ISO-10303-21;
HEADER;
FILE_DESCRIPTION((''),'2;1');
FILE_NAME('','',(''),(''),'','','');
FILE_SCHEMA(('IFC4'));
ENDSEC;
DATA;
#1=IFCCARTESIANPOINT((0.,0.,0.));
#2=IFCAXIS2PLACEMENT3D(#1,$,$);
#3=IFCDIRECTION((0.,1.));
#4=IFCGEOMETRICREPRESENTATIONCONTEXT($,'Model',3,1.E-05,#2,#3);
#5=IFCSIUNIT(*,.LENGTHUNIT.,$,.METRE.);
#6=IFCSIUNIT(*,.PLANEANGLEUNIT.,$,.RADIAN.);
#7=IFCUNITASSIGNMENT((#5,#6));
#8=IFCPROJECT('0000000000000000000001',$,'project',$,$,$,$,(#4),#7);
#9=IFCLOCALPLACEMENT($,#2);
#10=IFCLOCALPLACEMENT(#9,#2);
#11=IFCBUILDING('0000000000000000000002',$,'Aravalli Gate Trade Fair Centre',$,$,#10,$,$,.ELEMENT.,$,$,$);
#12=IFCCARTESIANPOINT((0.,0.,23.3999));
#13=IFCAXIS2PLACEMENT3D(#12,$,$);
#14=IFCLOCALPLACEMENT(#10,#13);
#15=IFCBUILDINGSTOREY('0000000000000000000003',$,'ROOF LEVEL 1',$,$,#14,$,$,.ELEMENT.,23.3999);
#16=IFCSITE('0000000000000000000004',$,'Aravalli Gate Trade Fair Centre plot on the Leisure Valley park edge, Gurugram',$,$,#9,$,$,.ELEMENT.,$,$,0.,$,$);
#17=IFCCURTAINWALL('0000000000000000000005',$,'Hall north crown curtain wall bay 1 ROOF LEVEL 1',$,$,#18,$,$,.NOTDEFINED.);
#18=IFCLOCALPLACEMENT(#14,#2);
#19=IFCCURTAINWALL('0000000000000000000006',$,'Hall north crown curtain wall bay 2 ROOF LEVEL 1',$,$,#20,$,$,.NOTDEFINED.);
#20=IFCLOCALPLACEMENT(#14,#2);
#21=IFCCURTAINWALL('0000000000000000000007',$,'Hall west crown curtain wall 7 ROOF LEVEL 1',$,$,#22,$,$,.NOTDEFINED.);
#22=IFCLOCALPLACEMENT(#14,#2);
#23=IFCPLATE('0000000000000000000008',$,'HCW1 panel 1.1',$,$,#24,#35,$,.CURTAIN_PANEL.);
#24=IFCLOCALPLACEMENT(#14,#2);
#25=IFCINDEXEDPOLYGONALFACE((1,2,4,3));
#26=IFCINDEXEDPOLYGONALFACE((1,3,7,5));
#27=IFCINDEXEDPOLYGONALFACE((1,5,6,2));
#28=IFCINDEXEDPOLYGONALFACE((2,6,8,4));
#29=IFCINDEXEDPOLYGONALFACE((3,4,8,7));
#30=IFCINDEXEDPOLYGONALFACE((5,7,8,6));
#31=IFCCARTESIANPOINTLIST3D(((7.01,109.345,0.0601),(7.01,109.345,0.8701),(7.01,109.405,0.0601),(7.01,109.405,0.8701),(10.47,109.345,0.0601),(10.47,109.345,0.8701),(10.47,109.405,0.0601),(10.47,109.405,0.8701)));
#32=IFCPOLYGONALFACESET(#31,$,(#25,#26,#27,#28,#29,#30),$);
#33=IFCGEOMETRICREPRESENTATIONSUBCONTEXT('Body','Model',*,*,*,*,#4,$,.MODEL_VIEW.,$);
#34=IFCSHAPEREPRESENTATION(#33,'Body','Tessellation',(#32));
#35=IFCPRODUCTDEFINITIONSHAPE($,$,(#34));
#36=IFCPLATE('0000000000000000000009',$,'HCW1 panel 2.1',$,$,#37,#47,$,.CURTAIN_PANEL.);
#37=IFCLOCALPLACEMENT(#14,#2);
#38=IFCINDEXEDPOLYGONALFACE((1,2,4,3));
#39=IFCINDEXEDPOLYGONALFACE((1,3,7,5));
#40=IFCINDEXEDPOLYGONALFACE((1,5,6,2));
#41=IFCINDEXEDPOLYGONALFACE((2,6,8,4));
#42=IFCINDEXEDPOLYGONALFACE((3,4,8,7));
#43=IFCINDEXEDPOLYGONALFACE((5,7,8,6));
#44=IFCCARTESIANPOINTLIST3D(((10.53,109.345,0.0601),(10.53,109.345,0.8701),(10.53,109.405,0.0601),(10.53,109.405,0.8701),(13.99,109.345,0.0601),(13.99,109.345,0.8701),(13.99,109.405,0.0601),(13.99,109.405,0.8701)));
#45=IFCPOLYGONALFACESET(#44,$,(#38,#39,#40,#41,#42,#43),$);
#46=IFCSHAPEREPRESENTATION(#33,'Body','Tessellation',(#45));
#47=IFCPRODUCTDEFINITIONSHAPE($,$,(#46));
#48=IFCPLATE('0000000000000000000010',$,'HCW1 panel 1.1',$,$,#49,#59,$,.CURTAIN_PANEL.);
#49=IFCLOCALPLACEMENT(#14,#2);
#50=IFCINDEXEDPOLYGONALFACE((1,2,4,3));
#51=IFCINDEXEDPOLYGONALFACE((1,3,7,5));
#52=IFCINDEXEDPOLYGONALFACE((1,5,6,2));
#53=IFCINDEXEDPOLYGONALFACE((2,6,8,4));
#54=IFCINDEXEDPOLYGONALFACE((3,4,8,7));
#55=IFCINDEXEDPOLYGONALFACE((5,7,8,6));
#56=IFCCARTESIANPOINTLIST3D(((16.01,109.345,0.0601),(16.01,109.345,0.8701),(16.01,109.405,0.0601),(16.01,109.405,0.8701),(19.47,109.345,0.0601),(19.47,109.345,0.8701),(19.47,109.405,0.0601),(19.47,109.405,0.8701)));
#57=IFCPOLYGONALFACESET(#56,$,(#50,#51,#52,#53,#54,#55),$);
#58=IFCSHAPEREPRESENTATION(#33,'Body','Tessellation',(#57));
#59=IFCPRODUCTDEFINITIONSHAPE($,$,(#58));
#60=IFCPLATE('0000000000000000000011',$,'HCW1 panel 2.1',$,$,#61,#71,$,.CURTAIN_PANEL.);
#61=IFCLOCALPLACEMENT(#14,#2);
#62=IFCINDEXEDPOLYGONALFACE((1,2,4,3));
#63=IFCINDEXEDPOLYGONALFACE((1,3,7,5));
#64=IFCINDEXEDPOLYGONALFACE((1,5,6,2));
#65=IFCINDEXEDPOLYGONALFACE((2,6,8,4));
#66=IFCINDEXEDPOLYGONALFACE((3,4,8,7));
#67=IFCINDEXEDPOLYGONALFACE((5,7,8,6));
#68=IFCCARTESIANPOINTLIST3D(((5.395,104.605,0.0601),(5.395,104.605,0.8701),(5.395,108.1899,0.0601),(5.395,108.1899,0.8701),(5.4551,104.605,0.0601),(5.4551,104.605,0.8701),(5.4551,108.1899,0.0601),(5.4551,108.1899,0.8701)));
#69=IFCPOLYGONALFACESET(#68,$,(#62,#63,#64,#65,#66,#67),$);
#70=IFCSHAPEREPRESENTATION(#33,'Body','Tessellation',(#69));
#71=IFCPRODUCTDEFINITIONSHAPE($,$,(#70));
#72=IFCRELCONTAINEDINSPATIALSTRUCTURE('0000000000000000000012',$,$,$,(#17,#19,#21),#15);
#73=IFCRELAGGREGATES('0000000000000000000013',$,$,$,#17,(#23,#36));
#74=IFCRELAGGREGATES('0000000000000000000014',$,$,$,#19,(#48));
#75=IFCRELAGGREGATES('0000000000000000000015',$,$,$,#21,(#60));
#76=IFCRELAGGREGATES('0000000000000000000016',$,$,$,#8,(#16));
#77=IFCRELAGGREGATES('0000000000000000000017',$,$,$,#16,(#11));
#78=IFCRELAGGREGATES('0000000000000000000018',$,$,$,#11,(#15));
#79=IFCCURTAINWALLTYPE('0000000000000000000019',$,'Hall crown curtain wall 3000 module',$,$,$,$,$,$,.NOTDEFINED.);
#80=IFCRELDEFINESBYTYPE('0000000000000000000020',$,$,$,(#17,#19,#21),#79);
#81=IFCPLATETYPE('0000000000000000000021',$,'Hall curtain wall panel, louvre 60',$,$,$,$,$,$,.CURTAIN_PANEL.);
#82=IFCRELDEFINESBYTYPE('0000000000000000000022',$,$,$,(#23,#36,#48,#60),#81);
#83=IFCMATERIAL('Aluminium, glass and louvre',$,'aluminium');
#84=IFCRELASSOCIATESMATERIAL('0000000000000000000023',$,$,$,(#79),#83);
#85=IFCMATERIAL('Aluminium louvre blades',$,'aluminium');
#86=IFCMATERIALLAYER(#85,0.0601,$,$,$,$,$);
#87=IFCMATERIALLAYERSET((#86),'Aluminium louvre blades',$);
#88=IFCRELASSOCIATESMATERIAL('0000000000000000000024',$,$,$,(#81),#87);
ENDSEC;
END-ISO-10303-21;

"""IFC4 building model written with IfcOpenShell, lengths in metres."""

from ifc_helpers import new_model, si_unit, direction, frame, origin, origin_2d, place, context, subcontext, project, spatial, rectangle, extrude, material, layer, layer_set, type_object, element, aggregate, save


model = new_model("IFC4")

# Units and contexts
model_context = context("Model", 3, precision=1e-05, world=origin(), true_north=direction((0.0, 1.0)))
body_context = subcontext(model_context, "Body", "Model", "MODEL_VIEW")
ifc_project = project(units=[si_unit("LENGTHUNIT", "METRE"), si_unit("PLANEANGLEUNIT", "RADIAN")], contexts=[model_context])

# Site, building, storey
site_placement = place(None, origin())
site = spatial("IfcSite", under=ifc_project, at=site_placement, Name="Aravalli Gate Trade Fair Centre plot on the Leisure Valley park edge, Gurugram", CompositionType="ELEMENT", RefElevation=0.0)
building_placement = place(site_placement, origin())
building = spatial("IfcBuilding", under=site, at=building_placement, Name="Aravalli Gate Trade Fair Centre", CompositionType="ELEMENT")
storey_placement = place(building_placement, frame((0.0, 0.0, 23.3999)))
storey = spatial("IfcBuildingStorey", under=building, at=storey_placement, Name="ROOF LEVEL 1", CompositionType="ELEMENT", Elevation=23.3999)

# Curtain walls
ifc_material_1 = material(Name="Aluminium, glass and louvre", Category="aluminium")
curtain_wall_type = type_object("IfcCurtainWallType", Name="Hall crown curtain wall 3000 module", PredefinedType="NOTDEFINED", material=ifc_material_1)
curtain_wall_1_placement = place(storey_placement, origin())
curtain_wall_1 = element("IfcCurtainWall", 1, at=curtain_wall_1_placement, inside=storey, type_object=curtain_wall_type, Name="Hall north crown curtain wall bay 1 ROOF LEVEL 1", PredefinedType="NOTDEFINED")
curtain_wall_2_placement = place(storey_placement, origin())
curtain_wall_2 = element("IfcCurtainWall", 2, at=curtain_wall_2_placement, inside=storey, type_object=curtain_wall_type, Name="Hall north crown curtain wall bay 2 ROOF LEVEL 1", PredefinedType="NOTDEFINED")
curtain_wall_3_placement = place(storey_placement, origin())
curtain_wall_3 = element("IfcCurtainWall", 3, at=curtain_wall_3_placement, inside=storey, type_object=curtain_wall_type, Name="Hall west crown curtain wall 7 ROOF LEVEL 1", PredefinedType="NOTDEFINED")

# Plates
ifc_material_2 = material(Name="Aluminium louvre blades", Category="aluminium")
ifc_layer_1 = layer(ifc_material_2, 0.0601)
ifc_layer_set_1 = layer_set([ifc_layer_1], Name="Aluminium louvre blades")
plate_type_1 = type_object("IfcPlateType", Name="Hall curtain wall panel, louvre 60", PredefinedType="CURTAIN_PANEL", material=ifc_layer_set_1)
plate_1_placement = place(storey_placement, frame((8.74, 109.375, 0.0601), z_axis=(0.0, 0.0, 1.0), x_axis=(1.0, 0.0, 0.0)))
plate_1 = element("IfcPlate", 4, at=plate_1_placement, type_object=plate_type_1, Name="HCW1 panel 1.1", PredefinedType="CURTAIN_PANEL", context=body_context, shape_type="SweptSolid", body=[
    extrude(rectangle(XDim=3.46, YDim=0.0601, at=origin_2d()), origin(), (0.0, 0.0, 1.0), 0.8101),
])
plate_2_placement = place(storey_placement, frame((12.26, 109.375, 0.0601), z_axis=(0.0, 0.0, 1.0), x_axis=(1.0, 0.0, 0.0)))
plate_2 = element("IfcPlate", 5, at=plate_2_placement, type_object=plate_type_1, Name="HCW1 panel 2.1", PredefinedType="CURTAIN_PANEL", context=body_context, shape_type="SweptSolid", body=[
    extrude(rectangle(XDim=3.46, YDim=0.0601, at=origin_2d()), origin(), (0.0, 0.0, 1.0), 0.8101),
])
aggregate(curtain_wall_1, [plate_1, plate_2])
plate_3_placement = place(storey_placement, frame((17.74, 109.375, 0.0601), z_axis=(0.0, 0.0, 1.0), x_axis=(1.0, 0.0, 0.0)))
plate_3 = element("IfcPlate", 6, at=plate_3_placement, type_object=plate_type_1, Name="HCW1 panel 1.1", PredefinedType="CURTAIN_PANEL", context=body_context, shape_type="SweptSolid", body=[
    extrude(rectangle(XDim=3.46, YDim=0.0601, at=origin_2d()), origin(), (0.0, 0.0, 1.0), 0.8101),
])
aggregate(curtain_wall_2, [plate_3])
plate_4_placement = place(storey_placement, frame((5.425, 106.3975, 0.0601), z_axis=(0.0, 0.0, 1.0), x_axis=(0.0, 1.0, 0.0)))
plate_4 = element("IfcPlate", 7, at=plate_4_placement, type_object=plate_type_1, Name="HCW1 panel 2.1", PredefinedType="CURTAIN_PANEL", context=body_context, shape_type="SweptSolid", body=[
    extrude(rectangle(XDim=3.585, YDim=0.0601, at=origin_2d()), origin(), (0.0, 0.0, 1.0), 0.8101),
])
aggregate(curtain_wall_3, [plate_4])

save(model, "model.ifc")
